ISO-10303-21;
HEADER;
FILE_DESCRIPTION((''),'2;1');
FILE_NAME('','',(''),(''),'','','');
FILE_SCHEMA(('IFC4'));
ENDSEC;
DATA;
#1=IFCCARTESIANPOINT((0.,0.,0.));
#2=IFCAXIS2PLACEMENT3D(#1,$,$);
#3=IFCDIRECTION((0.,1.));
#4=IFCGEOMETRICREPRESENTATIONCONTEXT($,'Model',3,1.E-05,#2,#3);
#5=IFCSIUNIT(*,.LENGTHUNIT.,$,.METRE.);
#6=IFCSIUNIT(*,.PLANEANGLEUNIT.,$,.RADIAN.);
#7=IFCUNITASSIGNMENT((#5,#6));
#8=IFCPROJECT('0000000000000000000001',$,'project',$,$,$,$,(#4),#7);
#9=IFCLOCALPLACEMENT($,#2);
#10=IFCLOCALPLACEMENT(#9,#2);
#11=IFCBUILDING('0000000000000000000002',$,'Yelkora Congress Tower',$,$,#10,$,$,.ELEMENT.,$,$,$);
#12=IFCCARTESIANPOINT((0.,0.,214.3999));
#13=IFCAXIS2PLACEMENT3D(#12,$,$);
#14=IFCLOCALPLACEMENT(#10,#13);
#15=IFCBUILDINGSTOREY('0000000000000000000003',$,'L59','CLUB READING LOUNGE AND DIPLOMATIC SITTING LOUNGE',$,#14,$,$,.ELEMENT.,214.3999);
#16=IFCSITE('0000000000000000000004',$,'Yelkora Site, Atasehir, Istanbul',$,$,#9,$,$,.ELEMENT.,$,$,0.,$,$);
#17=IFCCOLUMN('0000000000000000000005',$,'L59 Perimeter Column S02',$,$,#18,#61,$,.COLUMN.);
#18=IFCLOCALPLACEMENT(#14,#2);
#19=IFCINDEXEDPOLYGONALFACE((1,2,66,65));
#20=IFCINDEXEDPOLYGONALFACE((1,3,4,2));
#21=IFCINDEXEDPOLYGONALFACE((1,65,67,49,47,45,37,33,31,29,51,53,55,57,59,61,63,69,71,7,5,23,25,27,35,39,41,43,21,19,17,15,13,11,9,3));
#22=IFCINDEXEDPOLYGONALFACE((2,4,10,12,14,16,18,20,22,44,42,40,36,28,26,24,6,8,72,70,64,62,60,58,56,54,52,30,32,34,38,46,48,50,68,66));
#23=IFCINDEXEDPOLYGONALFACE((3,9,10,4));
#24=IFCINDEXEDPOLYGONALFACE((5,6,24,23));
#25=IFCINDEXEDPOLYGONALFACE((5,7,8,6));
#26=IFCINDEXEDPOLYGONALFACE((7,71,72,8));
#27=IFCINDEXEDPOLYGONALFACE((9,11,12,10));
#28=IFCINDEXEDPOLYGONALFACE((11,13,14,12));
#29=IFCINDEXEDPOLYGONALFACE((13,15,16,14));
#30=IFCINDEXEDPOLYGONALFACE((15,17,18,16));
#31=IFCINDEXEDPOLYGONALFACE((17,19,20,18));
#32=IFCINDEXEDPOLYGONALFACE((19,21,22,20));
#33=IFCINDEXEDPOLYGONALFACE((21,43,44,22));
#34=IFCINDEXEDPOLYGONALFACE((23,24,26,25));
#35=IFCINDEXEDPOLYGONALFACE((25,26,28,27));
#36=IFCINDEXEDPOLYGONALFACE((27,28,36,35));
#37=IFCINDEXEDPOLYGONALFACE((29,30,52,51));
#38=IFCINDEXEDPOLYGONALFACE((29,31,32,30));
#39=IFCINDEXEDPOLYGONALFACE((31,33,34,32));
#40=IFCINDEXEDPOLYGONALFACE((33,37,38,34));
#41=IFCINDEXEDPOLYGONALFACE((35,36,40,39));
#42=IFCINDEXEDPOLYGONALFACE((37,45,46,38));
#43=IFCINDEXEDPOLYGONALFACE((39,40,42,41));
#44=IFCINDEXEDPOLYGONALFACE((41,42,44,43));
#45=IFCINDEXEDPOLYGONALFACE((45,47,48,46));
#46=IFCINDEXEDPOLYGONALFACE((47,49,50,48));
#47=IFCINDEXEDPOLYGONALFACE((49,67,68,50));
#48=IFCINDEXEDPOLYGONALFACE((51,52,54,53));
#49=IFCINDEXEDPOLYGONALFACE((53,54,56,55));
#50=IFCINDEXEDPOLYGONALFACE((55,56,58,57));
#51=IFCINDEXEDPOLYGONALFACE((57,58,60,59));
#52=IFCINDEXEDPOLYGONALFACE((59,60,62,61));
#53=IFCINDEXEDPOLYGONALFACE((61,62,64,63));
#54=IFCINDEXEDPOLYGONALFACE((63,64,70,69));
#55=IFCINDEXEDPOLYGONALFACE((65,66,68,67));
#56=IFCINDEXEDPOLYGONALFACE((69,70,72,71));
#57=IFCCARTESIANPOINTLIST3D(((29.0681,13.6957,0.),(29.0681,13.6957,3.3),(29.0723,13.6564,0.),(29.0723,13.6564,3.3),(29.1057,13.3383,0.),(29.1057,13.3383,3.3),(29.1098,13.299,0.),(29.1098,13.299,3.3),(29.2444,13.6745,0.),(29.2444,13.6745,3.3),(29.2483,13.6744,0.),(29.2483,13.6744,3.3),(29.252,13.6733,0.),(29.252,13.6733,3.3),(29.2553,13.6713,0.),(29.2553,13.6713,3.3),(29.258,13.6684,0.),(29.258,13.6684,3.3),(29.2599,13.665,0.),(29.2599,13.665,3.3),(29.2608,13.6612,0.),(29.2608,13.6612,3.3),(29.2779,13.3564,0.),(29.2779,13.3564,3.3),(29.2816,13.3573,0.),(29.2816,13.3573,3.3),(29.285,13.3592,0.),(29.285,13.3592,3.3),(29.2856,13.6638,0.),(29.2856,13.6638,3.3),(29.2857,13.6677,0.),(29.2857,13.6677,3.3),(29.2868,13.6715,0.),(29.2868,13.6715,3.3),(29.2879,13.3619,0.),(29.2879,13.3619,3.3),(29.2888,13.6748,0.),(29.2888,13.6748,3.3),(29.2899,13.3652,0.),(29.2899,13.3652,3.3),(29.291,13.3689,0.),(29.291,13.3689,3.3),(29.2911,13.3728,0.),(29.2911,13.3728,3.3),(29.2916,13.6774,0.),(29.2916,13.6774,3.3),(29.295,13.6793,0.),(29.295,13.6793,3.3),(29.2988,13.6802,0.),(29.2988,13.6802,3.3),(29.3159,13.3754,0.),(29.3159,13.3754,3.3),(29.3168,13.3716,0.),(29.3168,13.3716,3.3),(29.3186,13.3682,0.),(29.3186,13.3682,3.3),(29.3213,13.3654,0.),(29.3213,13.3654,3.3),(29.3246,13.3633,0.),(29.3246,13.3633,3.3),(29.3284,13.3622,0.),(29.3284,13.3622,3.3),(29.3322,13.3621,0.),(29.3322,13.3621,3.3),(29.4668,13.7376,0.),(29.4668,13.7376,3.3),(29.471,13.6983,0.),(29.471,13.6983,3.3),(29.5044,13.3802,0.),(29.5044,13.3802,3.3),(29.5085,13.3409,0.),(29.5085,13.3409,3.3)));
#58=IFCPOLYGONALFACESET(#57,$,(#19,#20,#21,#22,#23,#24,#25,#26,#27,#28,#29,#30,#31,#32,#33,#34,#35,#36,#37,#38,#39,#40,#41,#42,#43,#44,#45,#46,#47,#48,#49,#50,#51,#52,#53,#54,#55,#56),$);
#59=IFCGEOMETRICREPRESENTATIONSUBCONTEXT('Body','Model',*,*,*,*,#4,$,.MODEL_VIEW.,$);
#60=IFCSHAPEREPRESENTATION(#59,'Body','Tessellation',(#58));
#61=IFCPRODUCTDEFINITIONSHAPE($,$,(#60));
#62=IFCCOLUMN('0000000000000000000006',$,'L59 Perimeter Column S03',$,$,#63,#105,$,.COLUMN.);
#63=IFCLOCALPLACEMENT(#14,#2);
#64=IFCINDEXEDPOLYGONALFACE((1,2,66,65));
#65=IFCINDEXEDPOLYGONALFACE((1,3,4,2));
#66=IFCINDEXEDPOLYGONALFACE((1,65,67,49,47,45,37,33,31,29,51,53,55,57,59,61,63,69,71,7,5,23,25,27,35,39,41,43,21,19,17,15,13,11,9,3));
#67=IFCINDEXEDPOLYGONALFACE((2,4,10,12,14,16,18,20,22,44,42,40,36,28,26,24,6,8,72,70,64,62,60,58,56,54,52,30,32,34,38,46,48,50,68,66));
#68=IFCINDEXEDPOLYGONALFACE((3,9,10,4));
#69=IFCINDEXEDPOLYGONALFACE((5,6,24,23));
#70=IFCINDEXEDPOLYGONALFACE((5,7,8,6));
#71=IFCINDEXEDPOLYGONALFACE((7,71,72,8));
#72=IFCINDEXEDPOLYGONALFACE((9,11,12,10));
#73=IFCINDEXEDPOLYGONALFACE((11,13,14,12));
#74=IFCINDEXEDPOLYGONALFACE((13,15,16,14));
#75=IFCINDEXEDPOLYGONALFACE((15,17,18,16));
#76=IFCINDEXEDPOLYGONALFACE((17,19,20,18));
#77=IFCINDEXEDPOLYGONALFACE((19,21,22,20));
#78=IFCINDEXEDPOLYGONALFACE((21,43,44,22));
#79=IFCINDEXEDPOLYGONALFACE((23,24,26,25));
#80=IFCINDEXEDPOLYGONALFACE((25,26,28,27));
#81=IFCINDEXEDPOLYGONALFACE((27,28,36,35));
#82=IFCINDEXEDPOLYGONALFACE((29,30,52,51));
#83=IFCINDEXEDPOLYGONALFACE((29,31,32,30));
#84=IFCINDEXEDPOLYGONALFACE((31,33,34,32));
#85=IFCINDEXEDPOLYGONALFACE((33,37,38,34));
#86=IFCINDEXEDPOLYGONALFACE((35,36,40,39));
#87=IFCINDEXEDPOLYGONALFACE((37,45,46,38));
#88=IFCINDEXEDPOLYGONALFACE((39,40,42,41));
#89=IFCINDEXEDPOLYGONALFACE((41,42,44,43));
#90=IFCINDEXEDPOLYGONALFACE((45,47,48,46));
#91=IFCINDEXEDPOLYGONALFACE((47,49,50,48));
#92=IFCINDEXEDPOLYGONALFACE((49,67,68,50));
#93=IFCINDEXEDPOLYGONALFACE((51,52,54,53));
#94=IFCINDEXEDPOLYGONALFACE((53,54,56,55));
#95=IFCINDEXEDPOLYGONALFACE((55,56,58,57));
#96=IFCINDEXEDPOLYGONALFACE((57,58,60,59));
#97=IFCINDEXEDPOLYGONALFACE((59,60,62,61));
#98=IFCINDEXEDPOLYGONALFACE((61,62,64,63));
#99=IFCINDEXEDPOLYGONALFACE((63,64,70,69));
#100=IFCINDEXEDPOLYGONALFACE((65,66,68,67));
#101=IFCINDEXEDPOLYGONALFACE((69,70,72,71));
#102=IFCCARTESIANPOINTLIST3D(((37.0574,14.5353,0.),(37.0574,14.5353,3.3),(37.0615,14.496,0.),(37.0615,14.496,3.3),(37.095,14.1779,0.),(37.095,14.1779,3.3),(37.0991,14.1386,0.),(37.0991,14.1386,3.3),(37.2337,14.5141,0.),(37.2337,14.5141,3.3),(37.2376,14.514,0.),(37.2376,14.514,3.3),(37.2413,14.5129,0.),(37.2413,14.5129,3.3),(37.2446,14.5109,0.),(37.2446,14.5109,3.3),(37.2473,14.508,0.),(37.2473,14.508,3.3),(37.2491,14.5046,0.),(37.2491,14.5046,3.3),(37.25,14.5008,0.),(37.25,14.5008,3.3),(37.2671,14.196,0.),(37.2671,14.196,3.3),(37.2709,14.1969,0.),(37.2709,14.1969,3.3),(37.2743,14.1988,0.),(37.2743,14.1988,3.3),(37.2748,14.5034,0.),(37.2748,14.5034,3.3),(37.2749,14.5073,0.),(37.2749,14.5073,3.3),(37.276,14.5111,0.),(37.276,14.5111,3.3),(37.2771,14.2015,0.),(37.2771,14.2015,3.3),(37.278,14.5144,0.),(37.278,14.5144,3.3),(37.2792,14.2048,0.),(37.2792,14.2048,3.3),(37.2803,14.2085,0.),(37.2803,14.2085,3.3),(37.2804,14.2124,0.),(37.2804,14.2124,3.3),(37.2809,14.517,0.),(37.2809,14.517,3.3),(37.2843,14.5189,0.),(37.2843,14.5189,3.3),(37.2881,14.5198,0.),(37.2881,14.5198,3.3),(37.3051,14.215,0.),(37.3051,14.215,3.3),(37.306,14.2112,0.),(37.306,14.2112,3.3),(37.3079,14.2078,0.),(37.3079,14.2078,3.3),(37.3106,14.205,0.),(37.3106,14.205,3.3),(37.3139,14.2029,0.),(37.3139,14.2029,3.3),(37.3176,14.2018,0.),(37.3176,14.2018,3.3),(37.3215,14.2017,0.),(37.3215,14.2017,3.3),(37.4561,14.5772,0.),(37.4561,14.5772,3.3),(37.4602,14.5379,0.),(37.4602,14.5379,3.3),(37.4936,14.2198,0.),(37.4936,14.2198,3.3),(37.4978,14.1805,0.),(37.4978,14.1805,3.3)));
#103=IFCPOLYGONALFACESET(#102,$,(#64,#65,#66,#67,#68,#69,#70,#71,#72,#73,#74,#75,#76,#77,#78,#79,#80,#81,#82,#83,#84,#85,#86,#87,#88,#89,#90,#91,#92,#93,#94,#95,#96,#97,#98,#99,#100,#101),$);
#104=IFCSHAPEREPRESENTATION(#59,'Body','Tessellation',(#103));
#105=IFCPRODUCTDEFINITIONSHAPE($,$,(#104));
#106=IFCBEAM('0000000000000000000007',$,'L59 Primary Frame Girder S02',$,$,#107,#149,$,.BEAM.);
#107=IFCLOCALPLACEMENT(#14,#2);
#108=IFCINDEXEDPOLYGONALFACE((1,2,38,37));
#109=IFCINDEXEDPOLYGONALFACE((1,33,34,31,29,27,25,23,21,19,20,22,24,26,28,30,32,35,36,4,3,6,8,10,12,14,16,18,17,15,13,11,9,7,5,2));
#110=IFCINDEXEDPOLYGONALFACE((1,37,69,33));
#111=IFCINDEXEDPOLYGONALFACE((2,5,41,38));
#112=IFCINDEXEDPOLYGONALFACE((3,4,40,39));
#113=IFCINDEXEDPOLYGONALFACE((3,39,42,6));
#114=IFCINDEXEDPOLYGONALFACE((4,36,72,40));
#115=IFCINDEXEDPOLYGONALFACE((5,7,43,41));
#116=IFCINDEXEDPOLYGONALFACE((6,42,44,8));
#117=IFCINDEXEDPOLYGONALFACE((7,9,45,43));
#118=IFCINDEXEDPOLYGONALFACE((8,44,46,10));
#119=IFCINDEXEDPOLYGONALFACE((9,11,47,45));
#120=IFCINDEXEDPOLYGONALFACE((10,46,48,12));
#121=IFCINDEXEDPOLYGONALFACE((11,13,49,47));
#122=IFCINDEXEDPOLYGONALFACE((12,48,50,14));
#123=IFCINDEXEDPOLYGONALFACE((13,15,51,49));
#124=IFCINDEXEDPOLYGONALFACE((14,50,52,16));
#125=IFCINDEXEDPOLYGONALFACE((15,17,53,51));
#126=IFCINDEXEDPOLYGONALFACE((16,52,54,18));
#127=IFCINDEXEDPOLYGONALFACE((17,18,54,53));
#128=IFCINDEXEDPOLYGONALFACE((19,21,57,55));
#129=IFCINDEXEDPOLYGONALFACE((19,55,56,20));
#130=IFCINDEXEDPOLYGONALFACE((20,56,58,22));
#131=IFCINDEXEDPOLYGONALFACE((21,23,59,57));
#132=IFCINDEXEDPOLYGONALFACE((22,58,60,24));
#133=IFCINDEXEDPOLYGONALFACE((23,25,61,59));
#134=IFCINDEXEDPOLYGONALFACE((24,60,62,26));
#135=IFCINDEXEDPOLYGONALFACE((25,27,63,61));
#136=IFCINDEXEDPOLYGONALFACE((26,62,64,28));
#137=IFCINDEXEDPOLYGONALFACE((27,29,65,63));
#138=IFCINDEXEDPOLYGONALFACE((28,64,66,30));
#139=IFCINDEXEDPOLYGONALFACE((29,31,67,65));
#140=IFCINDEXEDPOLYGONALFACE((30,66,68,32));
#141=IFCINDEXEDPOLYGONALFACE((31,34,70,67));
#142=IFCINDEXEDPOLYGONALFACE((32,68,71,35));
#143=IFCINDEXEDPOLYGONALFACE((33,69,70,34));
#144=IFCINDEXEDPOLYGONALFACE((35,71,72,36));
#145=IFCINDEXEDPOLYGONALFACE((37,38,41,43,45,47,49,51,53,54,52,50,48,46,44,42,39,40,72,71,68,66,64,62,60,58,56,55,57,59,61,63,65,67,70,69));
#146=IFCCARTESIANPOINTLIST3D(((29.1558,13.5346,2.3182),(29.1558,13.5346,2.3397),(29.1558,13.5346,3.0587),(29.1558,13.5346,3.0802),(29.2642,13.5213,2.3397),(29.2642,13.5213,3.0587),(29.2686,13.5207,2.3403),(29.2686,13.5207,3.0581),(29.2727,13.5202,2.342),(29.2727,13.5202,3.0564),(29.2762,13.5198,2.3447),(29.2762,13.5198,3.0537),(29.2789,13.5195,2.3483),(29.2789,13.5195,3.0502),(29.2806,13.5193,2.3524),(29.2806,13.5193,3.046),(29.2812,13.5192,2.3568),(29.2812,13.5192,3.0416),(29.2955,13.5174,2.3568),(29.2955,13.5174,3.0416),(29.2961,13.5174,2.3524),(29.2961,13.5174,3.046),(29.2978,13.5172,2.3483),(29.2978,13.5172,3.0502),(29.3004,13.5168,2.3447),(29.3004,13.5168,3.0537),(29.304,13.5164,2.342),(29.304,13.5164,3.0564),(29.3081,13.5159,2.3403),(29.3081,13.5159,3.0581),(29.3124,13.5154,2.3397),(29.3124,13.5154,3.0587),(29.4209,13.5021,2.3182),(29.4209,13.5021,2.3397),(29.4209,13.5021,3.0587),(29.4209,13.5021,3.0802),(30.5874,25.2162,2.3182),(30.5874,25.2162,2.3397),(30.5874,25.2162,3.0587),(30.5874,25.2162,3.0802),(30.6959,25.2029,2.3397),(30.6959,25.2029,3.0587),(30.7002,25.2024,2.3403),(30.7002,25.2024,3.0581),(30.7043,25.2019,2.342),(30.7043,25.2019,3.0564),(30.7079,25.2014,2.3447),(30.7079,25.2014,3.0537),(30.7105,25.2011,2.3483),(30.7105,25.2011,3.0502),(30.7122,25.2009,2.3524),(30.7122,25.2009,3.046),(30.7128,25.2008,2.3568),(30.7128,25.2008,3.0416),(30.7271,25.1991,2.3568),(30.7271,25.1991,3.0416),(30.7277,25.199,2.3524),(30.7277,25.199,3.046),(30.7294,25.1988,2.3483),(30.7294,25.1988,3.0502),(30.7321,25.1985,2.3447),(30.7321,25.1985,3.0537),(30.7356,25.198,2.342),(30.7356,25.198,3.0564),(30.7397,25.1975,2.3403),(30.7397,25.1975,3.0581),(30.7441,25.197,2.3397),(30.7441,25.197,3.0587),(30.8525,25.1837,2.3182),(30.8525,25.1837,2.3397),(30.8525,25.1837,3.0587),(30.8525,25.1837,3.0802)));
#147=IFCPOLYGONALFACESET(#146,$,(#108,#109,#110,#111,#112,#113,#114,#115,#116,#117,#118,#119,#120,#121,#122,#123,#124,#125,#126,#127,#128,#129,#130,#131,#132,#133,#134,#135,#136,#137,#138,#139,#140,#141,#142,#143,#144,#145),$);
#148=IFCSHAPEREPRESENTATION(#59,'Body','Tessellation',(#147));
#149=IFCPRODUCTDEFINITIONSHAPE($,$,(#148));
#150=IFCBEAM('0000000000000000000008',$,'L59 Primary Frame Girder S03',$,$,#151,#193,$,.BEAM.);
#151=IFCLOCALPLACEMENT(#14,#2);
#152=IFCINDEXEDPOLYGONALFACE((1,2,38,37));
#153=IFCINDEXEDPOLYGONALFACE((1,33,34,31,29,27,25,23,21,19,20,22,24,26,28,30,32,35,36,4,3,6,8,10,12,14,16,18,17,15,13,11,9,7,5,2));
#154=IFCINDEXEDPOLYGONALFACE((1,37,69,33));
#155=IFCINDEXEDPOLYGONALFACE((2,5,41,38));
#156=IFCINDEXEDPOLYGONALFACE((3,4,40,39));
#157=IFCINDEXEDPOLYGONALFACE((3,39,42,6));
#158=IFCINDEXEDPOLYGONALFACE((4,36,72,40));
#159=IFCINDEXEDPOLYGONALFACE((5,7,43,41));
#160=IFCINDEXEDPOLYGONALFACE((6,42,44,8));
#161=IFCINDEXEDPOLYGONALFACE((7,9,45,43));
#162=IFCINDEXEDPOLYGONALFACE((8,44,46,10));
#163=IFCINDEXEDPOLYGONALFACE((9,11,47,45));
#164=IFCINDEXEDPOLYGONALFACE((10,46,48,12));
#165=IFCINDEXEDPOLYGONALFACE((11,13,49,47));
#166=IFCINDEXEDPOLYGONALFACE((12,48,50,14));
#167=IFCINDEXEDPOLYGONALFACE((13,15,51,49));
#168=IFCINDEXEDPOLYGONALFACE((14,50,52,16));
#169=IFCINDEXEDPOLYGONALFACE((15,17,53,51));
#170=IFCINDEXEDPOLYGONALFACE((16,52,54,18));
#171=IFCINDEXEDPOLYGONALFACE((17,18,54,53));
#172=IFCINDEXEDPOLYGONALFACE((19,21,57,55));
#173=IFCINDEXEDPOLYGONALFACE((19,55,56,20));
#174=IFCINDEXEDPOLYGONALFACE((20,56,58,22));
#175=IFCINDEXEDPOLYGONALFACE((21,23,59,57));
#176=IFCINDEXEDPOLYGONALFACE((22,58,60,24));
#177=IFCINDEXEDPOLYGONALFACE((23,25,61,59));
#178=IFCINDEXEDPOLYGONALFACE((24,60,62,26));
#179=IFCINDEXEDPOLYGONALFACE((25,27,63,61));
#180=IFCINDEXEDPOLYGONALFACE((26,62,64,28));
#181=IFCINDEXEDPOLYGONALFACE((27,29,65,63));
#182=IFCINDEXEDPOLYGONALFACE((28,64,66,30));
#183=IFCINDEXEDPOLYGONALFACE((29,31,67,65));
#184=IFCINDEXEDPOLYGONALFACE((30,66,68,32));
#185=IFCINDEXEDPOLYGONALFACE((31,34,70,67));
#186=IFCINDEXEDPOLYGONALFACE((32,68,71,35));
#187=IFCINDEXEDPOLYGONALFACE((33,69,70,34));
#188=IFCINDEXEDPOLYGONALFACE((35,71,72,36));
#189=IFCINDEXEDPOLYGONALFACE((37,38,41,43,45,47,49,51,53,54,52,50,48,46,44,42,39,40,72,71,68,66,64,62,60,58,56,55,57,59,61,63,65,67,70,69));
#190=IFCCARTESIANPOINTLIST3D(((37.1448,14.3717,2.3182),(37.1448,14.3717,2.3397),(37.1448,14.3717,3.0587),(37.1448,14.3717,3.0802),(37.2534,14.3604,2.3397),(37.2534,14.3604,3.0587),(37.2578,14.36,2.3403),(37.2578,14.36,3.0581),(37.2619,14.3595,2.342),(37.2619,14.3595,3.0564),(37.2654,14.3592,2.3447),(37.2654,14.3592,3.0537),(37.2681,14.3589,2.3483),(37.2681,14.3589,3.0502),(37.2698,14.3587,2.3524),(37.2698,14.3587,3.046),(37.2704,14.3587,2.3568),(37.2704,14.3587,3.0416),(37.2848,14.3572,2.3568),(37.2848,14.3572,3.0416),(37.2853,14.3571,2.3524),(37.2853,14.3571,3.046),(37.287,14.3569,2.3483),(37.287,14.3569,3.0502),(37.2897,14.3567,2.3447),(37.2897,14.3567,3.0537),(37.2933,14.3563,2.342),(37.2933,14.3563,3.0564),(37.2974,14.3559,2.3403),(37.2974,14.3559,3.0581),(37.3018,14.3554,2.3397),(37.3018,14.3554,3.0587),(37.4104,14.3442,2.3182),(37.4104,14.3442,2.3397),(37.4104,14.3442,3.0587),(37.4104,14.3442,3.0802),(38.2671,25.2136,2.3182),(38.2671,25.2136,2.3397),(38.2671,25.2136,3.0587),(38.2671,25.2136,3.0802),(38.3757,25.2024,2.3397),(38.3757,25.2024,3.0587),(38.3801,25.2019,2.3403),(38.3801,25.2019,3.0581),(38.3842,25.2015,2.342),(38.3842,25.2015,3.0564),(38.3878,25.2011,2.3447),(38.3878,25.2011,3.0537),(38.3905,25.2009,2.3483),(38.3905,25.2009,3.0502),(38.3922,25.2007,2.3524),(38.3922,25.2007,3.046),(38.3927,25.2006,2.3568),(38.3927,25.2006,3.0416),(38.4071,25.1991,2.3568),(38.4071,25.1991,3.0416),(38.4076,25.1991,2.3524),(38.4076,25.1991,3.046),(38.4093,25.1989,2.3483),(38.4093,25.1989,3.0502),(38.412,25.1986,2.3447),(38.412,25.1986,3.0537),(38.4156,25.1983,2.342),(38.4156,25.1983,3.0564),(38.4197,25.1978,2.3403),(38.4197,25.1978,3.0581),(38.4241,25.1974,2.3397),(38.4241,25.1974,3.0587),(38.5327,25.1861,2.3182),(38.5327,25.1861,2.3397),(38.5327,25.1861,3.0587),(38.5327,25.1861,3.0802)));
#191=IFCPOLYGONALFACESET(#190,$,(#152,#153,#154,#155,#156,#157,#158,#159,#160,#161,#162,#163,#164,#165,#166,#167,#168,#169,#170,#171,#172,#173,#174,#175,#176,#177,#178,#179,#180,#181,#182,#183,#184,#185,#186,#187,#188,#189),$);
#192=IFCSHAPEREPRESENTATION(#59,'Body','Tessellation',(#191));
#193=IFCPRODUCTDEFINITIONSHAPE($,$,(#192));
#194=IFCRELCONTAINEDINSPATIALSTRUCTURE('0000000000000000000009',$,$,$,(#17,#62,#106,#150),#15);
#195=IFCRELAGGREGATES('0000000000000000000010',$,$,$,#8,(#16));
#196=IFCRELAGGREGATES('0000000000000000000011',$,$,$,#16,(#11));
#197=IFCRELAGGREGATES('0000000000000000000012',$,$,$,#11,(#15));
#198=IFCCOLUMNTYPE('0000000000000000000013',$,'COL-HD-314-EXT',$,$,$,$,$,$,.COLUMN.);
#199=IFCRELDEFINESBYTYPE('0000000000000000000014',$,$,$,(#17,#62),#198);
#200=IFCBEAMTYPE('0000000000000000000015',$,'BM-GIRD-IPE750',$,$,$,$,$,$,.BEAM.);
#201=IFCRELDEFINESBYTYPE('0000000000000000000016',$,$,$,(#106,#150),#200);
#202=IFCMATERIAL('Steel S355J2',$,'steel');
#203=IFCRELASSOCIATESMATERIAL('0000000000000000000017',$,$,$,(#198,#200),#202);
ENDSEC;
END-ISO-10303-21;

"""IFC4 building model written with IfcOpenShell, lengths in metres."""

from ifc_helpers import new_model, si_unit, direction, frame, origin, origin_2d, place, context, subcontext, project, spatial, i_section, extrude, material, material_profile, profile_set, type_object, element, save


model = new_model("IFC4")

# Units and contexts
model_context = context("Model", 3, precision=1e-05, world=origin(), true_north=direction((0.0, 1.0)))
body_context = subcontext(model_context, "Body", "Model", "MODEL_VIEW")
ifc_project = project(units=[si_unit("LENGTHUNIT", "METRE"), si_unit("PLANEANGLEUNIT", "RADIAN")], contexts=[model_context])

# Site, building, storey
site_placement = place(None, origin())
site = spatial("IfcSite", under=ifc_project, at=site_placement, Name="Yelkora Site, Atasehir, Istanbul", CompositionType="ELEMENT", RefElevation=0.0)
building_placement = place(site_placement, origin())
building = spatial("IfcBuilding", under=site, at=building_placement, Name="Yelkora Congress Tower", CompositionType="ELEMENT")
storey_placement = place(building_placement, frame((0.0, 0.0, 214.3999)))
storey = spatial("IfcBuildingStorey", under=building, at=storey_placement, Name="L59", Description="CLUB READING LOUNGE AND DIPLOMATIC SITTING LOUNGE", CompositionType="ELEMENT", Elevation=214.3999)

# Columns
ifc_material_1 = material(Name="Steel S355J2", Category="steel")
ifc_material_profile_1 = material_profile(ifc_material_1, i_section(OverallWidth=0.4009, OverallDepth=0.3989, WebThickness=0.0249, FlangeThickness=0.0396, FilletRadius=0.0149, at=origin_2d()), Name="HD 400x314")
ifc_profile_set_1 = profile_set([ifc_material_profile_1], Name="Steel S355J2")
column_type = type_object("IfcColumnType", Name="COL-HD-314-EXT", PredefinedType="COLUMN", material=ifc_profile_set_1)
for number, where, z_axis, x_axis, name in (
    (1, (29.2883, 13.5183, 0.0), (0.0, 0.0, 1.0), (0.994522, 0.104528, 0.0), "L59 Perimeter Column S02"),
    (2, (37.2776, 14.3579, 0.0), (0.0, 0.0, 1.0), (0.994522, 0.104528, 0.0), "L59 Perimeter Column S03"),
):
    element("IfcColumn", number, at=place(storey_placement, frame(where, z_axis=z_axis, x_axis=x_axis)), inside=storey, type_object=column_type, Name=name, PredefinedType="COLUMN", context=body_context, shape_type="SweptSolid", body=[
        extrude(i_section(OverallWidth=0.4009, OverallDepth=0.3989, WebThickness=0.0249, FlangeThickness=0.0396, FilletRadius=0.0149, at=origin_2d()), origin(), (0.0, 0.0, 1.0), 3.3),
    ])

# Beams
ifc_material_profile_2 = material_profile(ifc_material_1, i_section(OverallWidth=0.2671, OverallDepth=0.762, WebThickness=0.0144, FlangeThickness=0.0215, FilletRadius=0.0171, at=origin_2d()), Name="IPE 750x173")
ifc_profile_set_2 = profile_set([ifc_material_profile_2], Name="Steel S355J2")
beam_type_1 = type_object("IfcBeamType", Name="BM-GIRD-IPE750", PredefinedType="BEAM", material=ifc_profile_set_2)
beam_1_placement = place(storey_placement, frame((29.2883, 13.5183, 2.6992), z_axis=(0.121645, 0.992574, 0.0), x_axis=(-0.992574, 0.121645, 0.0)))
element("IfcBeam", 3, at=beam_1_placement, inside=storey, type_object=beam_type_1, Name="L59 Primary Frame Girder S02", PredefinedType="BEAM", context=body_context, shape_type="SweptSolid", body=[
    extrude(i_section(OverallWidth=0.2671, OverallDepth=0.762, WebThickness=0.0144, FlangeThickness=0.0215, FilletRadius=0.0171, at=origin_2d()), origin(), (0.0, 0.0, 1.0), 11.769),
])
beam_2_placement = place(storey_placement, frame((37.2776, 14.3579, 2.6992), z_axis=(0.102965, 0.994685, 0.0), x_axis=(-0.994685, 0.102965, 0.0)))
element("IfcBeam", 4, at=beam_2_placement, inside=storey, type_object=beam_type_1, Name="L59 Primary Frame Girder S03", PredefinedType="BEAM", context=body_context, shape_type="SweptSolid", body=[
    extrude(i_section(OverallWidth=0.2671, OverallDepth=0.762, WebThickness=0.0144, FlangeThickness=0.0215, FilletRadius=0.0171, at=origin_2d()), origin(), (0.0, 0.0, 1.0), 10.8999),
])

save(model, "model.ifc")
